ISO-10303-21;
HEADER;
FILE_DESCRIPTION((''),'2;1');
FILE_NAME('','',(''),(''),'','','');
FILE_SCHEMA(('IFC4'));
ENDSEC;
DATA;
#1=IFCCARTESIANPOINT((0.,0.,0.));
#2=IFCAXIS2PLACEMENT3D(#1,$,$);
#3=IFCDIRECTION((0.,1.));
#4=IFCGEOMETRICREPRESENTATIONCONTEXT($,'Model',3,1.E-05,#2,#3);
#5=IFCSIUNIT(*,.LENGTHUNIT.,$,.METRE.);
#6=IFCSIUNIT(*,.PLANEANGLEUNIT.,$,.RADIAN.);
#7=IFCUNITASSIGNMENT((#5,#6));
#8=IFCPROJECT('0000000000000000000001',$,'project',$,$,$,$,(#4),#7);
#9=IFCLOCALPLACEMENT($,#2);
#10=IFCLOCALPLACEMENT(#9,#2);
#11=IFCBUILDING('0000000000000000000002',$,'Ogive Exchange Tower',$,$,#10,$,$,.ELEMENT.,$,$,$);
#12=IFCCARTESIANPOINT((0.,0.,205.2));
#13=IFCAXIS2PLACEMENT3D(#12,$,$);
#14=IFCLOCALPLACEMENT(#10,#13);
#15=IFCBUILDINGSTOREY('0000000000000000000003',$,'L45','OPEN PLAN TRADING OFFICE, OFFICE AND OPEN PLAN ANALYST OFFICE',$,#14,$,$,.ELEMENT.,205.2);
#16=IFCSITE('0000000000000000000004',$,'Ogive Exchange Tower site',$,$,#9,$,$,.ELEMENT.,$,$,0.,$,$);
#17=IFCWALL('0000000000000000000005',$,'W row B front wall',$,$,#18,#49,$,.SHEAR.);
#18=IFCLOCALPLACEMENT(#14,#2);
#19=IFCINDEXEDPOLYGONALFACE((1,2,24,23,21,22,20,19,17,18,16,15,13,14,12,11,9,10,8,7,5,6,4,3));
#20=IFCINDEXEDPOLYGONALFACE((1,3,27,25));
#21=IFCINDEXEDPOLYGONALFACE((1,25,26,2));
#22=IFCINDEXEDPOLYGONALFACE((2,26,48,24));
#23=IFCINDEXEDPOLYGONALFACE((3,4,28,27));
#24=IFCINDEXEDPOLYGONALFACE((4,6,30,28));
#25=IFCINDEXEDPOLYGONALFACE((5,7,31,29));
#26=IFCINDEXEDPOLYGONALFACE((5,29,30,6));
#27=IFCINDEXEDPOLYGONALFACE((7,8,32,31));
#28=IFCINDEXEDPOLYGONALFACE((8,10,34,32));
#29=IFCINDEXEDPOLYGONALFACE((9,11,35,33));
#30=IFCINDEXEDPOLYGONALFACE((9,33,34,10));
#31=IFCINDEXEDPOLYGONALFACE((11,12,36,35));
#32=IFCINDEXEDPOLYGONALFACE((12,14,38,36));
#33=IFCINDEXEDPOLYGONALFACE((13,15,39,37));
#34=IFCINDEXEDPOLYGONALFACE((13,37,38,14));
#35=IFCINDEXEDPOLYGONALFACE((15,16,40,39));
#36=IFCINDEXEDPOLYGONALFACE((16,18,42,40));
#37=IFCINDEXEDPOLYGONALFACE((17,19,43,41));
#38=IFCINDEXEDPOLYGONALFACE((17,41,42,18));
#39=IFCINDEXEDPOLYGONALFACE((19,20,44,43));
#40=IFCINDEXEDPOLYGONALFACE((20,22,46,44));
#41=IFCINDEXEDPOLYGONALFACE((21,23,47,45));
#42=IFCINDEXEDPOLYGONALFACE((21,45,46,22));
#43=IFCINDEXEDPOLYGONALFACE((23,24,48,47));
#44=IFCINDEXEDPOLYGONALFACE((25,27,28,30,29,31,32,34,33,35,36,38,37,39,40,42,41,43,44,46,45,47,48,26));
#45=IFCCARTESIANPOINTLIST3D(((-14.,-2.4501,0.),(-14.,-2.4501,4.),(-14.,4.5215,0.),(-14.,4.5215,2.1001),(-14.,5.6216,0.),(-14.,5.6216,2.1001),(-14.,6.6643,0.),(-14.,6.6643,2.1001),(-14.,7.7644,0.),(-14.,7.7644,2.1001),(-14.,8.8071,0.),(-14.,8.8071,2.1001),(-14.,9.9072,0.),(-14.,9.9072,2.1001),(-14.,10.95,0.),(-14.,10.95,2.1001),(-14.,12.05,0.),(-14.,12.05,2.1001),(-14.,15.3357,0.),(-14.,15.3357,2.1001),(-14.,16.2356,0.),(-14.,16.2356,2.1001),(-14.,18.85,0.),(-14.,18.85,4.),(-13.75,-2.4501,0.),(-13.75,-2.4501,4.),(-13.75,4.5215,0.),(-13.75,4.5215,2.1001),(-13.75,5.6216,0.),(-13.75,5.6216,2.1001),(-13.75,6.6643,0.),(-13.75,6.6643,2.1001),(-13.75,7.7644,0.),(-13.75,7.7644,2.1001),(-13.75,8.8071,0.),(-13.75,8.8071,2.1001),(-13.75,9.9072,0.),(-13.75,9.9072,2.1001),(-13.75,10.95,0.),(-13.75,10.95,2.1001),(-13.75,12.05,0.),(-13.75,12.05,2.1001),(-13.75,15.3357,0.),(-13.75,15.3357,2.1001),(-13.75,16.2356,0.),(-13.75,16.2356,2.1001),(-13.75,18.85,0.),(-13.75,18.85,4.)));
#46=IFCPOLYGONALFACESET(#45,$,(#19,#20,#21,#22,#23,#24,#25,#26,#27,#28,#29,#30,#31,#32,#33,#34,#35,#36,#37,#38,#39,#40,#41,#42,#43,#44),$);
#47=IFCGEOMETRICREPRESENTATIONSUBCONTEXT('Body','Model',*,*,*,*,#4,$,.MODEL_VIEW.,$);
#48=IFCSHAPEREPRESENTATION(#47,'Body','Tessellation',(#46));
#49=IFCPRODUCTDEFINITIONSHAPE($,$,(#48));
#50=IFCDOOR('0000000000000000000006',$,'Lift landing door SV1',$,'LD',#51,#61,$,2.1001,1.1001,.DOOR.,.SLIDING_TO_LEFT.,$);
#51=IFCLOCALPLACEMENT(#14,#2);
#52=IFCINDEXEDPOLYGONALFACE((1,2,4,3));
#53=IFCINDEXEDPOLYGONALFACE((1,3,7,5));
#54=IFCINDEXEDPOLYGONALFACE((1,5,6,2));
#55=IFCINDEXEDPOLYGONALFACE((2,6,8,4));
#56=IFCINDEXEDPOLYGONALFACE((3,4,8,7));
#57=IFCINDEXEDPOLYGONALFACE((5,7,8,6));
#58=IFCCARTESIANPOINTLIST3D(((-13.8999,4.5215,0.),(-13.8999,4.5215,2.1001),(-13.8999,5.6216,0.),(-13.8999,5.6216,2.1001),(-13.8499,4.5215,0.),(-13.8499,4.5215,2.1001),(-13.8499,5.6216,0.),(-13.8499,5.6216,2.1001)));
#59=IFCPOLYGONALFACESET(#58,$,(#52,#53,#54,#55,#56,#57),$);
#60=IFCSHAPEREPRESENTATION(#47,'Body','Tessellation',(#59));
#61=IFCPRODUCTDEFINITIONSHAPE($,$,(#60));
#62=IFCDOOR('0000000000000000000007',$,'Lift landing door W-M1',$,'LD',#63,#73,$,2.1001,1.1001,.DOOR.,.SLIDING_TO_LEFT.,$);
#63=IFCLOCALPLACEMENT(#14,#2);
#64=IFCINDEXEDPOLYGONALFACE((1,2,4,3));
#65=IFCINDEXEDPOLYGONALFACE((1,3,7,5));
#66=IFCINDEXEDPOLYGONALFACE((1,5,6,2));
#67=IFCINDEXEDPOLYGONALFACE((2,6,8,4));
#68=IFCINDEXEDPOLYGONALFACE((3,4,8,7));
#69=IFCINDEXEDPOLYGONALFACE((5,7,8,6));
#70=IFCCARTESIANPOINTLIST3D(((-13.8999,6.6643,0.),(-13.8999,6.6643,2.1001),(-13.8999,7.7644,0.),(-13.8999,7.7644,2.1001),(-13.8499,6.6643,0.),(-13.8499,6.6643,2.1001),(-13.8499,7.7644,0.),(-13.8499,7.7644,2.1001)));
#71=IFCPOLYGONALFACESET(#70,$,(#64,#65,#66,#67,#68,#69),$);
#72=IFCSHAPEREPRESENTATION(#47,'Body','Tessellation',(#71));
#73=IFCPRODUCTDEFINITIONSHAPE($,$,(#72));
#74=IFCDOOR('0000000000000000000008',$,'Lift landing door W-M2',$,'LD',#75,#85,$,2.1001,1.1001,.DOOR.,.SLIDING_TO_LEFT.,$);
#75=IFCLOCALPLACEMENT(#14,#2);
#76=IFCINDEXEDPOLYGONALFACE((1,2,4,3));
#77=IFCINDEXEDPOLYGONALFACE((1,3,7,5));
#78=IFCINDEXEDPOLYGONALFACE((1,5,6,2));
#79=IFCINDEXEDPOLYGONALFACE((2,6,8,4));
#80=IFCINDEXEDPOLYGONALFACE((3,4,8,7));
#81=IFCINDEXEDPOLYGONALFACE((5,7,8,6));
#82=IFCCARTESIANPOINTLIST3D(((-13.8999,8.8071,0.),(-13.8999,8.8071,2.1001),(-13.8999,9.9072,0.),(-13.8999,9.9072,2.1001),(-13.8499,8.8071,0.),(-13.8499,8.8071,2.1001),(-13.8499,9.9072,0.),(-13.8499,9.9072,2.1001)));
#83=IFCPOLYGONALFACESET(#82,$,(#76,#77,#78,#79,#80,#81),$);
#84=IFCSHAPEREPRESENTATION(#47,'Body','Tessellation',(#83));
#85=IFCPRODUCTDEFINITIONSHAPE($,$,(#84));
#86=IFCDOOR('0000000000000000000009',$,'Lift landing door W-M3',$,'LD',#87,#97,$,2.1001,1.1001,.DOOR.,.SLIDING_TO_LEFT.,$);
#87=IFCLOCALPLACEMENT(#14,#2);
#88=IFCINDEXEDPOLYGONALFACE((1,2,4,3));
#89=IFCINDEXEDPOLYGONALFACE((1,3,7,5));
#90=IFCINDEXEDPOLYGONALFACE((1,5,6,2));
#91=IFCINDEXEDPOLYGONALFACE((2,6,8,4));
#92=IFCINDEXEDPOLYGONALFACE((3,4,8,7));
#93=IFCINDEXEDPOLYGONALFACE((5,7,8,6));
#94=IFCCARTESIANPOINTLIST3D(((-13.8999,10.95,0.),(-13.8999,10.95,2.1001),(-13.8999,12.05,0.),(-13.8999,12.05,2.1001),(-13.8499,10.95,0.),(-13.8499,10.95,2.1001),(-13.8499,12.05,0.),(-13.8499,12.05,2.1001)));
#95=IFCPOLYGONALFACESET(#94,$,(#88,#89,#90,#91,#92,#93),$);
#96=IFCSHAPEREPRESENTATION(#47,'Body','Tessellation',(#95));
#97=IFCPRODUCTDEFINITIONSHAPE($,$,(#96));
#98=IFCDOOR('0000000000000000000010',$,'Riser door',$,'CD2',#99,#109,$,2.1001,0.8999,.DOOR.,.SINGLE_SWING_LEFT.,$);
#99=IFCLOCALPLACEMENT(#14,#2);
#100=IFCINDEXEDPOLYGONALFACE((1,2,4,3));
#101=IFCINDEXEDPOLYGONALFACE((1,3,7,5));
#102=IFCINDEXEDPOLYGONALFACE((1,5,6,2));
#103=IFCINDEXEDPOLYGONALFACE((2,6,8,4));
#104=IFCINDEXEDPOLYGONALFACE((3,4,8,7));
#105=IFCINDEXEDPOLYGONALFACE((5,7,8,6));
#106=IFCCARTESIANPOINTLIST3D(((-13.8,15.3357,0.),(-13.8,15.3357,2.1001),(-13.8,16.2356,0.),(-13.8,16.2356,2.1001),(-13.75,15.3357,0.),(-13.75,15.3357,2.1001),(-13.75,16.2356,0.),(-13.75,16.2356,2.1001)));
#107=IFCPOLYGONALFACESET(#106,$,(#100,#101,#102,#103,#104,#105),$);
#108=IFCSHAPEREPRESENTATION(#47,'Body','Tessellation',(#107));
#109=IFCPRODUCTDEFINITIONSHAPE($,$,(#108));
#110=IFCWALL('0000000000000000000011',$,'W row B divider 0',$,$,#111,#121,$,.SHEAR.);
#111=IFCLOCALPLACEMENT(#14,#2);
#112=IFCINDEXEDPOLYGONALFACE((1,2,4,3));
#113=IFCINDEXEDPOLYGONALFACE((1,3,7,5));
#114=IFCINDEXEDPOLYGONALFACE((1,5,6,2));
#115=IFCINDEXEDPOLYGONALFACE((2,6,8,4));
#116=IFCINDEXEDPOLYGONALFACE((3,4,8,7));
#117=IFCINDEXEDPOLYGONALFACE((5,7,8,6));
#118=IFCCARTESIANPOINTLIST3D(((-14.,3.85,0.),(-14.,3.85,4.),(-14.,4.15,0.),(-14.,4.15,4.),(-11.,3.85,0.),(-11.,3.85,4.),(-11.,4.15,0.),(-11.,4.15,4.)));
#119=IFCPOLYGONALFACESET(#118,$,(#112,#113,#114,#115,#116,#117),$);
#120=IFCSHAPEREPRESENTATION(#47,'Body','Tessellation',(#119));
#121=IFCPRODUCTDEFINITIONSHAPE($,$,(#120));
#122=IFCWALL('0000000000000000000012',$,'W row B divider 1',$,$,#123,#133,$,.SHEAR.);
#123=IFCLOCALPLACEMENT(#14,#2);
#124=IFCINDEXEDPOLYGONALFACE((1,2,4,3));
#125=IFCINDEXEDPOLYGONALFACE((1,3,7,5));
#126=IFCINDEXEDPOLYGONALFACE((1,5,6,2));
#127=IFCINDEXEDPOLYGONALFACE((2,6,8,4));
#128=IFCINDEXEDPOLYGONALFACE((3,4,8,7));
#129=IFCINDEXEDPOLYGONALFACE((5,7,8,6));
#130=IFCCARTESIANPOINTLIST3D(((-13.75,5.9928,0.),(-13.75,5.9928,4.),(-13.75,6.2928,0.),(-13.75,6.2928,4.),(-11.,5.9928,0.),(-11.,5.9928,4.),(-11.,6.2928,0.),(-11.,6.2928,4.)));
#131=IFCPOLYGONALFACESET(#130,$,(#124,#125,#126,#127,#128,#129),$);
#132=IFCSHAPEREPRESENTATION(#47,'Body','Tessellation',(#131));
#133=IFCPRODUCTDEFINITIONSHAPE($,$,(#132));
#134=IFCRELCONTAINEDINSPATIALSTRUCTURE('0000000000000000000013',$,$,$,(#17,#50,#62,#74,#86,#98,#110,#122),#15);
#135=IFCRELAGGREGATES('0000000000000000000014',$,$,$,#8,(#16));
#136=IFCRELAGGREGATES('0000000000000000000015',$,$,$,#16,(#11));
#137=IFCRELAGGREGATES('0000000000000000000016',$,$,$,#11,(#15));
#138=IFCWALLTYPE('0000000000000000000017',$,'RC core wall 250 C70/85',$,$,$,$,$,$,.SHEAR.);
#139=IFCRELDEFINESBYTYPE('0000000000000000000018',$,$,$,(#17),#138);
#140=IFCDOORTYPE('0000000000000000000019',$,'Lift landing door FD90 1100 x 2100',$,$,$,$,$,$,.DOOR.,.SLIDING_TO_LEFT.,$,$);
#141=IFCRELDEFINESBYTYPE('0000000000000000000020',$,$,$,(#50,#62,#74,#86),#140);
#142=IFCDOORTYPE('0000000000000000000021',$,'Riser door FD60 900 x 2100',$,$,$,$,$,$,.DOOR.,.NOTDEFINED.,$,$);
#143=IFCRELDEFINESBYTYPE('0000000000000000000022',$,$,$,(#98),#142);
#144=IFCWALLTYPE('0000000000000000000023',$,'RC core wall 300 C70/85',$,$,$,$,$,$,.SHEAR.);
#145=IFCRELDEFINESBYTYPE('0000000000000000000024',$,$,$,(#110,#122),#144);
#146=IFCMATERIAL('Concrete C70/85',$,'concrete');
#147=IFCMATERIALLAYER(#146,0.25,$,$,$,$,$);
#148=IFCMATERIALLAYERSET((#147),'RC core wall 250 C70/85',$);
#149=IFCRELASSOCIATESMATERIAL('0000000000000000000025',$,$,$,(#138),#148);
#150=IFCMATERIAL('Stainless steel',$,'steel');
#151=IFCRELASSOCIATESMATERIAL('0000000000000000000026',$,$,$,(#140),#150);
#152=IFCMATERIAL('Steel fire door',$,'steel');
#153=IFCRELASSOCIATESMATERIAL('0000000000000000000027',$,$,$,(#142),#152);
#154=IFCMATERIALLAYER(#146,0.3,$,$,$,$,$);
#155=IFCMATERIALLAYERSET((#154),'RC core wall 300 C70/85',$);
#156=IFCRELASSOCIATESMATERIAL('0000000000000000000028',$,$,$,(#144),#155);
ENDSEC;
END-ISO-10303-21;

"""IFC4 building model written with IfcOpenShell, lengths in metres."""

from ifc_helpers import new_model, si_unit, direction, frame, frame_2d, origin, place, context, subcontext, project, spatial, rectangle, extrude, material, layer, layer_set, type_object, element, fill, save


model = new_model("IFC4")

# Units and contexts
model_context = context("Model", 3, precision=1e-05, world=origin(), true_north=direction((0.0, 1.0)))
body_context = subcontext(model_context, "Body", "Model", "MODEL_VIEW")
ifc_project = project(units=[si_unit("LENGTHUNIT", "METRE"), si_unit("PLANEANGLEUNIT", "RADIAN")], contexts=[model_context])

# Site, building, storey
site_placement = place(None, origin())
site = spatial("IfcSite", under=ifc_project, at=site_placement, Name="Ogive Exchange Tower site", CompositionType="ELEMENT", RefElevation=0.0)
building_placement = place(site_placement, origin())
building = spatial("IfcBuilding", under=site, at=building_placement, Name="Ogive Exchange Tower", CompositionType="ELEMENT")
storey_placement = place(building_placement, frame((0.0, 0.0, 205.2)))
storey = spatial("IfcBuildingStorey", under=building, at=storey_placement, Name="L45", Description="OPEN PLAN TRADING OFFICE, OFFICE AND OPEN PLAN ANALYST OFFICE", CompositionType="ELEMENT", Elevation=205.2)

# Shared definitions
ifc_material_1 = material(Name="Concrete C70/85", Category="concrete")
ifc_layer_1 = layer(ifc_material_1, 0.25)
ifc_layer_set_1 = layer_set([ifc_layer_1], Name="RC core wall 250 C70/85")
wall_type_1 = type_object("IfcWallType", Name="RC core wall 250 C70/85", PredefinedType="SHEAR", material=ifc_layer_set_1)
ifc_material_2 = material(Name="Steel fire door", Category="steel")

# Wall, openings, doors
wall_1_placement = place(storey_placement, frame((-13.875, -2.45, 0.0), z_axis=(0.0, 0.0, 1.0), x_axis=(0.0, 1.0, 0.0)))
wall_1 = element("IfcWall", 1, at=wall_1_placement, inside=storey, type_object=wall_type_1, Name="W row B front wall", PredefinedType="SHEAR", context=body_context, shape_type="SweptSolid", body=[
    extrude(rectangle(XDim=21.3, YDim=0.25, at=frame_2d((10.6499, 0.0))), origin(), (0.0, 0.0, 1.0), 4.0),
])
opening_1_placement = place(wall_1_placement, frame((17.7856, 0.0, 0.0)))
opening_1 = element("IfcOpeningElement", 2, at=opening_1_placement, cuts=wall_1, PredefinedType="OPENING", context=body_context, shape_type="SweptSolid", body=[
    extrude(rectangle(XDim=0.8999, YDim=2.1001, at=frame_2d((0.45, 1.05))), frame((0.0, 0.135, 0.0), z_axis=(0.0, -1.0, 0.0), x_axis=(1.0, 0.0, 0.0)), (0.0, 0.0, 1.0), 0.27),
])
opening_2_placement = place(wall_1_placement, frame((6.9714, 0.0, 0.0)))
opening_2 = element("IfcOpeningElement", 3, at=opening_2_placement, cuts=wall_1, PredefinedType="OPENING", context=body_context, shape_type="SweptSolid", body=[
    extrude(rectangle(XDim=1.1001, YDim=2.1001, at=frame_2d((0.55, 1.05))), frame((0.0, 0.135, 0.0), z_axis=(0.0, -1.0, 0.0), x_axis=(1.0, 0.0, 0.0)), (0.0, 0.0, 1.0), 0.27),
])
opening_3_placement = place(wall_1_placement, frame((9.1143, 0.0, 0.0)))
opening_3 = element("IfcOpeningElement", 4, at=opening_3_placement, cuts=wall_1, PredefinedType="OPENING", context=body_context, shape_type="SweptSolid", body=[
    extrude(rectangle(XDim=1.1001, YDim=2.1001, at=frame_2d((0.55, 1.05))), frame((0.0, 0.135, 0.0), z_axis=(0.0, -1.0, 0.0), x_axis=(1.0, 0.0, 0.0)), (0.0, 0.0, 1.0), 0.27),
])
opening_4_placement = place(wall_1_placement, frame((11.2571, 0.0, 0.0)))
opening_4 = element("IfcOpeningElement", 5, at=opening_4_placement, cuts=wall_1, PredefinedType="OPENING", context=body_context, shape_type="SweptSolid", body=[
    extrude(rectangle(XDim=1.1001, YDim=2.1001, at=frame_2d((0.55, 1.05))), frame((0.0, 0.135, 0.0), z_axis=(0.0, -1.0, 0.0), x_axis=(1.0, 0.0, 0.0)), (0.0, 0.0, 1.0), 0.27),
])
opening_5_placement = place(wall_1_placement, frame((13.3999, 0.0, 0.0)))
opening_5 = element("IfcOpeningElement", 6, at=opening_5_placement, cuts=wall_1, PredefinedType="OPENING", context=body_context, shape_type="SweptSolid", body=[
    extrude(rectangle(XDim=1.1001, YDim=2.1001, at=frame_2d((0.55, 1.05))), frame((0.0, 0.135, 0.0), z_axis=(0.0, -1.0, 0.0), x_axis=(1.0, 0.0, 0.0)), (0.0, 0.0, 1.0), 0.27),
])
ifc_material_3 = material(Name="Stainless steel", Category="steel")
door_type_1 = type_object("IfcDoorType", Name="Lift landing door FD90 1100 x 2100", OperationType="SLIDING_TO_LEFT", PredefinedType="DOOR", material=ifc_material_3)
door_1_placement = place(opening_2_placement, origin())
door_1 = element("IfcDoor", 7, at=door_1_placement, inside=storey, type_object=door_type_1, Name="Lift landing door SV1", ObjectType="LD", OperationType="SLIDING_TO_LEFT", OverallHeight=2.1001, OverallWidth=1.1001, PredefinedType="DOOR", context=body_context, shape_type="SweptSolid", body=[
    extrude(rectangle(XDim=1.1001, YDim=2.1001, at=frame_2d((0.55, 1.05))), frame((0.0, 0.0249, 0.0), z_axis=(0.0, -1.0, 0.0), x_axis=(1.0, 0.0, 0.0)), (0.0, 0.0, 1.0), 0.05),
])
fill(opening_2, door_1)
door_2_placement = place(opening_3_placement, origin())
door_2 = element("IfcDoor", 8, at=door_2_placement, inside=storey, type_object=door_type_1, Name="Lift landing door W-M1", ObjectType="LD", OperationType="SLIDING_TO_LEFT", OverallHeight=2.1001, OverallWidth=1.1001, PredefinedType="DOOR", context=body_context, shape_type="SweptSolid", body=[
    extrude(rectangle(XDim=1.1001, YDim=2.1001, at=frame_2d((0.55, 1.05))), frame((0.0, 0.0249, 0.0), z_axis=(0.0, -1.0, 0.0), x_axis=(1.0, 0.0, 0.0)), (0.0, 0.0, 1.0), 0.05),
])
fill(opening_3, door_2)
door_3_placement = place(opening_4_placement, origin())
door_3 = element("IfcDoor", 9, at=door_3_placement, inside=storey, type_object=door_type_1, Name="Lift landing door W-M2", ObjectType="LD", OperationType="SLIDING_TO_LEFT", OverallHeight=2.1001, OverallWidth=1.1001, PredefinedType="DOOR", context=body_context, shape_type="SweptSolid", body=[
    extrude(rectangle(XDim=1.1001, YDim=2.1001, at=frame_2d((0.55, 1.05))), frame((0.0, 0.0249, 0.0), z_axis=(0.0, -1.0, 0.0), x_axis=(1.0, 0.0, 0.0)), (0.0, 0.0, 1.0), 0.05),
])
fill(opening_4, door_3)
door_4_placement = place(opening_5_placement, origin())
door_4 = element("IfcDoor", 10, at=door_4_placement, inside=storey, type_object=door_type_1, Name="Lift landing door W-M3", ObjectType="LD", OperationType="SLIDING_TO_LEFT", OverallHeight=2.1001, OverallWidth=1.1001, PredefinedType="DOOR", context=body_context, shape_type="SweptSolid", body=[
    extrude(rectangle(XDim=1.1001, YDim=2.1001, at=frame_2d((0.55, 1.05))), frame((0.0, 0.0249, 0.0), z_axis=(0.0, -1.0, 0.0), x_axis=(1.0, 0.0, 0.0)), (0.0, 0.0, 1.0), 0.05),
])
fill(opening_5, door_4)
door_type_2 = type_object("IfcDoorType", Name="Riser door FD60 900 x 2100", OperationType="NOTDEFINED", PredefinedType="DOOR", material=ifc_material_2)
door_5_placement = place(opening_1_placement, frame((0.8999, -0.2002, 0.0), z_axis=(0.0, 0.0, 1.0), x_axis=(-1.0, 0.0, 0.0)))
door_5 = element("IfcDoor", 11, at=door_5_placement, inside=storey, type_object=door_type_2, Name="Riser door", ObjectType="CD2", OperationType="SINGLE_SWING_LEFT", OverallHeight=2.1001, OverallWidth=0.8999, PredefinedType="DOOR", context=body_context, shape_type="SweptSolid", body=[
    extrude(rectangle(XDim=0.8999, YDim=2.1001, at=frame_2d((0.45, 1.05))), frame((0.0, -0.0752, 0.0), z_axis=(0.0, -1.0, 0.0), x_axis=(1.0, 0.0, 0.0)), (0.0, 0.0, 1.0), 0.05),
])
fill(opening_1, door_5)

# Walls
ifc_layer_2 = layer(ifc_material_1, 0.3)
ifc_layer_set_2 = layer_set([ifc_layer_2], Name="RC core wall 300 C70/85")
wall_type_2 = type_object("IfcWallType", Name="RC core wall 300 C70/85", PredefinedType="SHEAR", material=ifc_layer_set_2)
wall_2_placement = place(storey_placement, frame((-14.0, 4.0, 0.0), z_axis=(0.0, 0.0, 1.0), x_axis=(1.0, 0.0, 0.0)))
element("IfcWall", 12, at=wall_2_placement, inside=storey, type_object=wall_type_2, Name="W row B divider 0", PredefinedType="SHEAR", context=body_context, shape_type="SweptSolid", body=[
    extrude(rectangle(XDim=3.0, YDim=0.3, at=frame_2d((1.5, 0.0))), origin(), (0.0, 0.0, 1.0), 4.0),
])
wall_3_placement = place(storey_placement, frame((-13.75, 6.1428, 0.0), z_axis=(0.0, 0.0, 1.0), x_axis=(1.0, 0.0, 0.0)))
element("IfcWall", 13, at=wall_3_placement, inside=storey, type_object=wall_type_2, Name="W row B divider 1", PredefinedType="SHEAR", context=body_context, shape_type="SweptSolid", body=[
    extrude(rectangle(XDim=2.75, YDim=0.3, at=frame_2d((1.375, 0.0))), origin(), (0.0, 0.0, 1.0), 4.0),
])

save(model, "model.ifc")
